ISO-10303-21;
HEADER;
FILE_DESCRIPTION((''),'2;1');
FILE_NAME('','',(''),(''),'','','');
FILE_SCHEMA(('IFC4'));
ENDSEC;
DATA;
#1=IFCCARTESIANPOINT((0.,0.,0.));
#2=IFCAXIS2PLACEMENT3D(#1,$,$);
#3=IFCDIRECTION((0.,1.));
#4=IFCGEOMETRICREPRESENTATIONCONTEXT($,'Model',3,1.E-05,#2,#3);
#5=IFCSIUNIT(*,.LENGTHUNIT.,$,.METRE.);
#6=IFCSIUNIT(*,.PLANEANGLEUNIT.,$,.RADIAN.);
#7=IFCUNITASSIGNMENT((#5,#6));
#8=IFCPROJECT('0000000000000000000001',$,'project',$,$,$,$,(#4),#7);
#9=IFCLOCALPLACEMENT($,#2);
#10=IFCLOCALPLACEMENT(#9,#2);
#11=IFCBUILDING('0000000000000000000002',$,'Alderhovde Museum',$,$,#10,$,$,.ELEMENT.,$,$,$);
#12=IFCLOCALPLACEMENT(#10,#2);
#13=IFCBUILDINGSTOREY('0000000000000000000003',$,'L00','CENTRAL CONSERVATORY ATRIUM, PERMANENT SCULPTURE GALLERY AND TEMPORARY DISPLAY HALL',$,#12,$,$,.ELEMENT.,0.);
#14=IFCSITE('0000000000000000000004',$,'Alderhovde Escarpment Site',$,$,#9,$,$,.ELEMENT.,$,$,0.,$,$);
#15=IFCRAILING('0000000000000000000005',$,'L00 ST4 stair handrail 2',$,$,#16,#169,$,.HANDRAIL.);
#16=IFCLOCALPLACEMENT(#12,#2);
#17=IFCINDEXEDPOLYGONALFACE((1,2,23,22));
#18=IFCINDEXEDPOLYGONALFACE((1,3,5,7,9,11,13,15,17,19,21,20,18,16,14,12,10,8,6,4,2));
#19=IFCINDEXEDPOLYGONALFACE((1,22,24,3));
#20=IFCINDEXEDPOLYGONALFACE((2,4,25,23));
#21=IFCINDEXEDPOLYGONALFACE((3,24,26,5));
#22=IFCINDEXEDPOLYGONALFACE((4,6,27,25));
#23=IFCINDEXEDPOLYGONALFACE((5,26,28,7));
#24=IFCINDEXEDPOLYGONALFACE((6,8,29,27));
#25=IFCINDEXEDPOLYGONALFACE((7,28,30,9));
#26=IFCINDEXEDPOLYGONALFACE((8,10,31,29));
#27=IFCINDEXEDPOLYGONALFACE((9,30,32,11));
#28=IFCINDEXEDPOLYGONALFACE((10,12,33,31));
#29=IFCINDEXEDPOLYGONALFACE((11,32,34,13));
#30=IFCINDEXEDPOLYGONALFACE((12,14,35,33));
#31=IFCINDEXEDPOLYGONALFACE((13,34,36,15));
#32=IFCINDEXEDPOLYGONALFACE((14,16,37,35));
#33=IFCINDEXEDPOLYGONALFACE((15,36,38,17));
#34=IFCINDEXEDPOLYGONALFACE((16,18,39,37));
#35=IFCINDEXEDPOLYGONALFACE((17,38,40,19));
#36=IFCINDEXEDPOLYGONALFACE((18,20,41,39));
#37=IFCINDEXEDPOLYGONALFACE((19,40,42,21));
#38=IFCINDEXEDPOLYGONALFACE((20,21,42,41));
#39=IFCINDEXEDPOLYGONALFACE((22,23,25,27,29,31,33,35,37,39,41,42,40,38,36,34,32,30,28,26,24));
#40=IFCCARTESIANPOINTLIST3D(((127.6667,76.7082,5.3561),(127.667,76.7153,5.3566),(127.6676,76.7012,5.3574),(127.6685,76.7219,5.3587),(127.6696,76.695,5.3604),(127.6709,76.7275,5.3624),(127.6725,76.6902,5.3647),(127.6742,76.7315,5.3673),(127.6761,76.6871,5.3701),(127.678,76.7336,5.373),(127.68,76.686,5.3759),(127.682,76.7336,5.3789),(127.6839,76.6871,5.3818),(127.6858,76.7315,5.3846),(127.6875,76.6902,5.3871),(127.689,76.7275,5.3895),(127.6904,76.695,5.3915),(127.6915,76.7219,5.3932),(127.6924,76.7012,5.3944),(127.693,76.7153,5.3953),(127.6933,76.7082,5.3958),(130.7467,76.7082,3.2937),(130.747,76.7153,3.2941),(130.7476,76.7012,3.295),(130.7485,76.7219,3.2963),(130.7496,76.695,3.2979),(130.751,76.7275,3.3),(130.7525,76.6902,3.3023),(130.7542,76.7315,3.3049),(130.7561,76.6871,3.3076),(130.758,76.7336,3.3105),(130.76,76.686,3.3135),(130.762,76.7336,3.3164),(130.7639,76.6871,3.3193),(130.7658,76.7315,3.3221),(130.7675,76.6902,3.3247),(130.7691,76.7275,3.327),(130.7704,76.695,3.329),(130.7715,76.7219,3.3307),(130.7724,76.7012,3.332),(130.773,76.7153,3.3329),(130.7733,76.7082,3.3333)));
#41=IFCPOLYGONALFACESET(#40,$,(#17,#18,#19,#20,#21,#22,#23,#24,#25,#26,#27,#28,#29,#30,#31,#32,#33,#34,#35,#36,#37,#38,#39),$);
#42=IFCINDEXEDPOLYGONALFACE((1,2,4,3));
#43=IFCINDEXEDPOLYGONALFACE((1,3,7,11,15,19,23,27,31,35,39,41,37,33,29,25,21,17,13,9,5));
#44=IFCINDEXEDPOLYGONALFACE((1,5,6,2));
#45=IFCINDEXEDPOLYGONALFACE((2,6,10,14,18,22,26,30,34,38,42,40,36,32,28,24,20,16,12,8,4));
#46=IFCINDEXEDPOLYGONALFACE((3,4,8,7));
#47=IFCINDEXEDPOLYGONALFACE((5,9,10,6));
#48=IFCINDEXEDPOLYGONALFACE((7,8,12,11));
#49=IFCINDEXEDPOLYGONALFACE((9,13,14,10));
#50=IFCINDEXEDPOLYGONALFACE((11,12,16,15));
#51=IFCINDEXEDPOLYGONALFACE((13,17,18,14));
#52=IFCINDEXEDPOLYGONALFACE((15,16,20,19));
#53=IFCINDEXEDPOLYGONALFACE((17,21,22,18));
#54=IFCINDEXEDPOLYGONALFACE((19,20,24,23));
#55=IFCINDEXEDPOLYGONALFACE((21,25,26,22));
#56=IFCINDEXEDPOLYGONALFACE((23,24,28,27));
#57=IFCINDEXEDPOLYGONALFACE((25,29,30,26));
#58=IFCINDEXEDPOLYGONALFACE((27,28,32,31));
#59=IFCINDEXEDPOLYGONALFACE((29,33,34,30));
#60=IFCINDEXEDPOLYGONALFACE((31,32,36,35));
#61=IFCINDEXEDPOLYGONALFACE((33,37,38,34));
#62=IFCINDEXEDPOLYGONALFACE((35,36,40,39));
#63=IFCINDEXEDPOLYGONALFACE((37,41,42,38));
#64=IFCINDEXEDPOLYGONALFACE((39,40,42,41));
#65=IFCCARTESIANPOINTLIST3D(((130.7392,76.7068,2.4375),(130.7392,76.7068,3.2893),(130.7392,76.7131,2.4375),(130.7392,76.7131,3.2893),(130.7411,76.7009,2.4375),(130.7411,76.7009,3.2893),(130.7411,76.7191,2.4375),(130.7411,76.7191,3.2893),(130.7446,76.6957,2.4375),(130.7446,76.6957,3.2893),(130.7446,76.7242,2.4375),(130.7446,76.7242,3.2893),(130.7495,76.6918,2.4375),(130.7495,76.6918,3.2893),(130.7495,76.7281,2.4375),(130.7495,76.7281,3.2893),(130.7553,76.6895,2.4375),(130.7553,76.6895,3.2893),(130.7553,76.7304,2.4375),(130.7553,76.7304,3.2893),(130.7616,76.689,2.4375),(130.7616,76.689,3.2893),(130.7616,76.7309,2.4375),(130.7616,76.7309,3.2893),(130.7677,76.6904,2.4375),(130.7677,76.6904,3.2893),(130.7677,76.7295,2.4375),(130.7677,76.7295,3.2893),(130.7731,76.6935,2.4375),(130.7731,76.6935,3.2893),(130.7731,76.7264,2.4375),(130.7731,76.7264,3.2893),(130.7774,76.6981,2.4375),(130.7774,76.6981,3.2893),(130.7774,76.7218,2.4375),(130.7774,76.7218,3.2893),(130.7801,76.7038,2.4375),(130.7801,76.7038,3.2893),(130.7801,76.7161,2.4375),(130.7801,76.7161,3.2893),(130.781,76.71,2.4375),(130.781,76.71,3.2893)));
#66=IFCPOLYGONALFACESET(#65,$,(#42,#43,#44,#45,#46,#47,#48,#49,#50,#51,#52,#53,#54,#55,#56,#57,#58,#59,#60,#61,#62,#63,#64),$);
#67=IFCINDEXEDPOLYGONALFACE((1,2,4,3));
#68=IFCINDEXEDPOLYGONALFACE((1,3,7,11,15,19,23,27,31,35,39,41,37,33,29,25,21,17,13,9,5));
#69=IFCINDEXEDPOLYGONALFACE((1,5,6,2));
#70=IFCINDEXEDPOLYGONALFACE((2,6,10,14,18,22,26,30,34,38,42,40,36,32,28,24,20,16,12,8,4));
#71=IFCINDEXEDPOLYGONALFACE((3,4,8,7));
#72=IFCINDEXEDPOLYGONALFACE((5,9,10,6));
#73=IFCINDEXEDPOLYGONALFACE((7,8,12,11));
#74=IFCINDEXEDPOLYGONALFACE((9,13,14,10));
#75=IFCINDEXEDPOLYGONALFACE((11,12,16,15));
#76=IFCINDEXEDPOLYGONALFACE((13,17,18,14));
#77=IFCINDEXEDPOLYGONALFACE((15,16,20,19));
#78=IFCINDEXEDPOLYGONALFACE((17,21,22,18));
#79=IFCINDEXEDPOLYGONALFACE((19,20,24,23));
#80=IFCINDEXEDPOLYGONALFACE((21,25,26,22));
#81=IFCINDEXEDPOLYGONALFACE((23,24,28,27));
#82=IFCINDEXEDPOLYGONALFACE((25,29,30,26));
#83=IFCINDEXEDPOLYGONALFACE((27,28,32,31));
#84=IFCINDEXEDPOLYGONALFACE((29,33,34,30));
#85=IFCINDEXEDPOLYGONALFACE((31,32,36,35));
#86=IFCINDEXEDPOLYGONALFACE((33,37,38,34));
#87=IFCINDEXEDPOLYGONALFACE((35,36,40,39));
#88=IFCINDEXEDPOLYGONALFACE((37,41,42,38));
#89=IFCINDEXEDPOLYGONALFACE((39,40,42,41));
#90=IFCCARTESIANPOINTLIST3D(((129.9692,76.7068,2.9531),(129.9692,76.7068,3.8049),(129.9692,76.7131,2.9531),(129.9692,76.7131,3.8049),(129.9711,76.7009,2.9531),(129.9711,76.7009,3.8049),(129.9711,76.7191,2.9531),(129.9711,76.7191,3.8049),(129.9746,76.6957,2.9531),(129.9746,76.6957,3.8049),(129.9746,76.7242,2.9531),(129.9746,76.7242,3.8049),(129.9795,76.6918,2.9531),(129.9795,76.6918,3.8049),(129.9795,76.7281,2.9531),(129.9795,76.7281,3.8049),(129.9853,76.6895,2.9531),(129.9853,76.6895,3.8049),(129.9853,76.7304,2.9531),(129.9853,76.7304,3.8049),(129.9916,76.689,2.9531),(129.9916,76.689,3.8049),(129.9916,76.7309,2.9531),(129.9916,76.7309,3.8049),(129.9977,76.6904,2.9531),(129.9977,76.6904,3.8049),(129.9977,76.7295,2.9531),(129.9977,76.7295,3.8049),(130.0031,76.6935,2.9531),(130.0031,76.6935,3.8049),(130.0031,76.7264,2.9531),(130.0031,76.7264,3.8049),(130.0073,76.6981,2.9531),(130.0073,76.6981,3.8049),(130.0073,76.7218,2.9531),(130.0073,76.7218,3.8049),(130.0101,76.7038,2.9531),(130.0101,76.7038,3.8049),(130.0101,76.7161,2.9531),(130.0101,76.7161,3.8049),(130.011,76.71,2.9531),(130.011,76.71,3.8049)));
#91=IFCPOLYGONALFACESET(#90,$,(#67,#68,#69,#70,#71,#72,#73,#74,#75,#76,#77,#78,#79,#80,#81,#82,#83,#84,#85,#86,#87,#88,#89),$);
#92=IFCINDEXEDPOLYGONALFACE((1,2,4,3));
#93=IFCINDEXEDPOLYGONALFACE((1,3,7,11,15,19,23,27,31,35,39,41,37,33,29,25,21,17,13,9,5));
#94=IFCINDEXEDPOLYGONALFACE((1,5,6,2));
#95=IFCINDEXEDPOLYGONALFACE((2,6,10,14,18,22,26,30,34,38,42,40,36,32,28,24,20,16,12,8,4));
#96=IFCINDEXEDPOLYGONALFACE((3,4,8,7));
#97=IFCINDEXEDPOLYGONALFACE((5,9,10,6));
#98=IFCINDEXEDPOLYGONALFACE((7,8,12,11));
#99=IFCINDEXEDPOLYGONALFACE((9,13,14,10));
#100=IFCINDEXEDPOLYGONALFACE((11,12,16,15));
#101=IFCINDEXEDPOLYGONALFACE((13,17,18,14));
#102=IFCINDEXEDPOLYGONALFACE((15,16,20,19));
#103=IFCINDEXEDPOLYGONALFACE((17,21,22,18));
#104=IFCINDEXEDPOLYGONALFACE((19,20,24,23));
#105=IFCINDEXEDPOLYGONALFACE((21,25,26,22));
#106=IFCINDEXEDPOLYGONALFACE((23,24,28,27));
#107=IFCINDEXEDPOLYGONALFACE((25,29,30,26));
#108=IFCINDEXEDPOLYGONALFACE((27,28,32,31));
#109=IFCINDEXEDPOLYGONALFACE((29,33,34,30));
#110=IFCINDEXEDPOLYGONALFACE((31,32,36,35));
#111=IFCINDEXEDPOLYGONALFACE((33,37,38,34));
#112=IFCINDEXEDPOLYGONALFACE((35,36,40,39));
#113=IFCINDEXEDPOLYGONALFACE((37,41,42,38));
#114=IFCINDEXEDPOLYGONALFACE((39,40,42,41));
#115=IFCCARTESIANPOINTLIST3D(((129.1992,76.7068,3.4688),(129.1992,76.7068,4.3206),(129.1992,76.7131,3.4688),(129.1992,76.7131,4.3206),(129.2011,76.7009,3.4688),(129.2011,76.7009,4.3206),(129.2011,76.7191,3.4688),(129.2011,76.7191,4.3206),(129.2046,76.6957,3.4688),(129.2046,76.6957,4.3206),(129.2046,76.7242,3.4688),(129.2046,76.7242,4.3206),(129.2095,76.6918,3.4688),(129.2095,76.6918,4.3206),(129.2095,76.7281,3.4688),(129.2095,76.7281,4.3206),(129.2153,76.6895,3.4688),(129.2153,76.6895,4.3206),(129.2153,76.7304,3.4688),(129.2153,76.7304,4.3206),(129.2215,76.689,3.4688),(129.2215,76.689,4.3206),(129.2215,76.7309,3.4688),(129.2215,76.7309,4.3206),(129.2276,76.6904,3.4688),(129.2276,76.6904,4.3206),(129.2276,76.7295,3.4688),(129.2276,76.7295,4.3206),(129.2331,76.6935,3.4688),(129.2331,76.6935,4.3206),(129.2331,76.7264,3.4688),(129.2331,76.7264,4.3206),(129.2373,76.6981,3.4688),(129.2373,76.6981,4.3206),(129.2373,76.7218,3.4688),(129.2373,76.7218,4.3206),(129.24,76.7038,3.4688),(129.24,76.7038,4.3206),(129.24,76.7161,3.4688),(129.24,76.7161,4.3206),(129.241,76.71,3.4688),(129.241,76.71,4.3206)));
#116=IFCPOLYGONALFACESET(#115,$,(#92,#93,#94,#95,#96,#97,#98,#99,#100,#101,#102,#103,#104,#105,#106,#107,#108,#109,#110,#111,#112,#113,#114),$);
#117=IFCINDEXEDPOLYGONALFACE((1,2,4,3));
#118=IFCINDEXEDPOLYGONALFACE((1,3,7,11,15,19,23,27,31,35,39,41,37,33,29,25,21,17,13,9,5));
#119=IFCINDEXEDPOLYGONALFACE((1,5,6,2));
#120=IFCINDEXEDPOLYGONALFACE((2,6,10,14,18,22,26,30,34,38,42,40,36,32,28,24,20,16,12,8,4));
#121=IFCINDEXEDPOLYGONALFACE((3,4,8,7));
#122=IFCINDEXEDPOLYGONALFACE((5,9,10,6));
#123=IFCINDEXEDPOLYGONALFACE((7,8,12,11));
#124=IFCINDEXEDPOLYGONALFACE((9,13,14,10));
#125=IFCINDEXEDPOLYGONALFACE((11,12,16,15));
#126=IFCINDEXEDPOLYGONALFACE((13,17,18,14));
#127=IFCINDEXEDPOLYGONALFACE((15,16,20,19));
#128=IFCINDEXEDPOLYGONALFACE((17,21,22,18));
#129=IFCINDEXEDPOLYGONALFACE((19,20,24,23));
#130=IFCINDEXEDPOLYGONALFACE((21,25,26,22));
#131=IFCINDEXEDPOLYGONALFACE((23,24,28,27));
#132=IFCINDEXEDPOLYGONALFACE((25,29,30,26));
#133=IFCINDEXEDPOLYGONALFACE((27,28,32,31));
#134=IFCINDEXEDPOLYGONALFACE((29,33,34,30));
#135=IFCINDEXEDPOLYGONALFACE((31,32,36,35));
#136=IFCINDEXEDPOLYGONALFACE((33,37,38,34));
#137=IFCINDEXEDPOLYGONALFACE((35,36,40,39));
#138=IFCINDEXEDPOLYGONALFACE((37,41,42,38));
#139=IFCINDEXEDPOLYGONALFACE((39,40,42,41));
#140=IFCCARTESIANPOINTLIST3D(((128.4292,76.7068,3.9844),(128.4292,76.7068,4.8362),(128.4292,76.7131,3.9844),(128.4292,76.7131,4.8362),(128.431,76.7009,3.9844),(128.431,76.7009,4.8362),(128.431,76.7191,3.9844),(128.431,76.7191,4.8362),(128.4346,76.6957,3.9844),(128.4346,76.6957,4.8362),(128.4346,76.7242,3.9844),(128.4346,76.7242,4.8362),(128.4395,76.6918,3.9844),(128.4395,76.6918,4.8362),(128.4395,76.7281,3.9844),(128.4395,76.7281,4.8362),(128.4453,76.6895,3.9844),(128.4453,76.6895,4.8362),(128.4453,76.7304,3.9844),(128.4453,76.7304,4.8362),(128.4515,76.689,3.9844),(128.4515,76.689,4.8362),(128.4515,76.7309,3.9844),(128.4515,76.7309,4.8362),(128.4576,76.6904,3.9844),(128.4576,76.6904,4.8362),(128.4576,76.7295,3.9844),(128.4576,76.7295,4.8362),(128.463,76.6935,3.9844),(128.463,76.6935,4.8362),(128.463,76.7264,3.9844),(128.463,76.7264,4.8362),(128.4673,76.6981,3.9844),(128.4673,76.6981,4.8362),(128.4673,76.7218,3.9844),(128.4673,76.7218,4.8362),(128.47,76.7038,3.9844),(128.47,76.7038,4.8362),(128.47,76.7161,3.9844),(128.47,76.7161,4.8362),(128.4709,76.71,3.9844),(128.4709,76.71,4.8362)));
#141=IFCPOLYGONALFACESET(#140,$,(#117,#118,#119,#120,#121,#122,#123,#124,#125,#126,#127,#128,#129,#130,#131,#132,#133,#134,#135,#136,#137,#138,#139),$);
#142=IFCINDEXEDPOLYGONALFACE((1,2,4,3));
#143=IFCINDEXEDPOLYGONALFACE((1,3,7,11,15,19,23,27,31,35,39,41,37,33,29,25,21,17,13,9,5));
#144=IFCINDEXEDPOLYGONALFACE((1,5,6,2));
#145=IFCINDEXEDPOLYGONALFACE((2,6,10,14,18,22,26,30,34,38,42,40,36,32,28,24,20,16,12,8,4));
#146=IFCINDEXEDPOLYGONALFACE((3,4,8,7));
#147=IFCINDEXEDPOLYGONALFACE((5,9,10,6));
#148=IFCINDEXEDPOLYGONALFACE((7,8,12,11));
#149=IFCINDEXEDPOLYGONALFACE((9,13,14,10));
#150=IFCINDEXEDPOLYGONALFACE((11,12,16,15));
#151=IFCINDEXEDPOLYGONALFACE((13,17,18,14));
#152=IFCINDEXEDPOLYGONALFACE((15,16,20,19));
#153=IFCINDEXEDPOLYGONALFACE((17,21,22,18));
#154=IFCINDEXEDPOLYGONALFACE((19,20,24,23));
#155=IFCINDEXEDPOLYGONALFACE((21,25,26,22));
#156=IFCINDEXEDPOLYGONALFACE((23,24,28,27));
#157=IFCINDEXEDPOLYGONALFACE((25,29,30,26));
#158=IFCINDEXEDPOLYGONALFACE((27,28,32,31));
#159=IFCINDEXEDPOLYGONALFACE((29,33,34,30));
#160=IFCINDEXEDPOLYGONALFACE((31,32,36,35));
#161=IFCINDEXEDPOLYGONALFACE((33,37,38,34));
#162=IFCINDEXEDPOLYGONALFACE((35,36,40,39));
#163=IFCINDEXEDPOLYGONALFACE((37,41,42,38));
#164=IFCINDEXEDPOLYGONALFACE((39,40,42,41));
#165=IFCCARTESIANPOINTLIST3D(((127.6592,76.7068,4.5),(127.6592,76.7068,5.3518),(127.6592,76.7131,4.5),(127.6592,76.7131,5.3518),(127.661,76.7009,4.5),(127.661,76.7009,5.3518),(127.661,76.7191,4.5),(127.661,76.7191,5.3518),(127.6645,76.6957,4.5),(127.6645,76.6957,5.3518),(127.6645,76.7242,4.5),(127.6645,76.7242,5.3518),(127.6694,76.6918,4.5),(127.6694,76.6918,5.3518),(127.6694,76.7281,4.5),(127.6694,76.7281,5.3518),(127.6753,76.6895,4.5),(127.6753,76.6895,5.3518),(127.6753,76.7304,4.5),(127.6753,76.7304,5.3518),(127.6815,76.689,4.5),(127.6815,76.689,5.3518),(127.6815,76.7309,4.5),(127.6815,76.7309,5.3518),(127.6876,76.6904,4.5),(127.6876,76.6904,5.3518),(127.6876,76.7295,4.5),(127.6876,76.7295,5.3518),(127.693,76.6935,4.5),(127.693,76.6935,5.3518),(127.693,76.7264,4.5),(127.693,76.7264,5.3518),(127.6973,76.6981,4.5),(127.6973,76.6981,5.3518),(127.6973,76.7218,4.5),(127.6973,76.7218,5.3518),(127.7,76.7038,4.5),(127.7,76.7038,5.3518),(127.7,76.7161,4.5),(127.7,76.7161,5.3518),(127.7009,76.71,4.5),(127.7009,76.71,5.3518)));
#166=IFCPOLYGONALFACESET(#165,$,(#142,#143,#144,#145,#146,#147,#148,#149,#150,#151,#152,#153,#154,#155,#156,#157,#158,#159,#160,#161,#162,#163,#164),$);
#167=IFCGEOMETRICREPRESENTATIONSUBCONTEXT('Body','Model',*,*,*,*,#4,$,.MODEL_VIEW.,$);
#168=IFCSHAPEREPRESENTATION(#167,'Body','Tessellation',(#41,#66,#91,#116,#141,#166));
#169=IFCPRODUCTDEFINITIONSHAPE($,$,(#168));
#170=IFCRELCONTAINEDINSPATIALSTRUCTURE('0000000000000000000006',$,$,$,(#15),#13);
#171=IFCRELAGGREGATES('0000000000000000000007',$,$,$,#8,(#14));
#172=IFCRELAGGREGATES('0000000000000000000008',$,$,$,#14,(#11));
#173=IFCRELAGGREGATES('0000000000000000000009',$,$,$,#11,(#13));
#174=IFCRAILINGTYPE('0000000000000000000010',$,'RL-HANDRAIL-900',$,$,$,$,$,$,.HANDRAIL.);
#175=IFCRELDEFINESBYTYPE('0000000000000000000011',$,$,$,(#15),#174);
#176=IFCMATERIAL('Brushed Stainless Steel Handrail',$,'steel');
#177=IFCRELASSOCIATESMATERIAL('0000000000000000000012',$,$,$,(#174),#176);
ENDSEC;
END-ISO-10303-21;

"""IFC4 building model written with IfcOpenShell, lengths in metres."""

from ifc_helpers import new_model, si_unit, direction, frame, origin, origin_2d, place, context, subcontext, project, spatial, circle, extrude, material, type_object, element, save


model = new_model("IFC4")

# Units and contexts
model_context = context("Model", 3, precision=1e-05, world=origin(), true_north=direction((0.0, 1.0)))
body_context = subcontext(model_context, "Body", "Model", "MODEL_VIEW")
ifc_project = project(units=[si_unit("LENGTHUNIT", "METRE"), si_unit("PLANEANGLEUNIT", "RADIAN")], contexts=[model_context])

# Site, building, storey
site_placement = place(None, origin())
site = spatial("IfcSite", under=ifc_project, at=site_placement, Name="Alderhovde Escarpment Site", CompositionType="ELEMENT", RefElevation=0.0)
building_placement = place(site_placement, origin())
building = spatial("IfcBuilding", under=site, at=building_placement, Name="Alderhovde Museum", CompositionType="ELEMENT")
storey_placement = place(building_placement, origin())
storey = spatial("IfcBuildingStorey", under=building, at=storey_placement, Name="L00", Description="CENTRAL CONSERVATORY ATRIUM, PERMANENT SCULPTURE GALLERY AND TEMPORARY DISPLAY HALL", CompositionType="ELEMENT", Elevation=0.0)

# Railing
ifc_material_1 = material(Name="Brushed Stainless Steel Handrail", Category="steel")
railing_type_1 = type_object("IfcRailingType", Name="RL-HANDRAIL-900", PredefinedType="HANDRAIL", material=ifc_material_1)
railing_1_placement = place(storey_placement, frame((130.76, 76.71, 2.4375)))
element("IfcRailing", 1, at=railing_1_placement, inside=storey, type_object=railing_type_1, Name="L00 ST4 stair handrail 2", PredefinedType="HANDRAIL", context=body_context, shape_type="SweptSolid", body=[
    extrude(circle(Radius=0.0239, at=origin_2d()), frame((0.0, 0.0, 0.876), z_axis=(-0.830914, 0.0, 0.556401), x_axis=(0.0, -1.0, 0.0)), (0.0, 0.0, 1.0), 3.7068),
    extrude(circle(Radius=0.021, at=origin_2d()), origin(), (0.0, 0.0, 1.0), 0.8518),
    extrude(circle(Radius=0.021, at=origin_2d()), frame((-0.77, 0.0, 0.5156)), (0.0, 0.0, 1.0), 0.8518),
    extrude(circle(Radius=0.021, at=origin_2d()), frame((-1.54, 0.0, 1.0312)), (0.0, 0.0, 1.0), 0.8518),
    extrude(circle(Radius=0.021, at=origin_2d()), frame((-2.3101, 0.0, 1.5469)), (0.0, 0.0, 1.0), 0.8518),
    extrude(circle(Radius=0.021, at=origin_2d()), frame((-3.0801, 0.0, 2.0625)), (0.0, 0.0, 1.0), 0.8518),
])

save(model, "model.ifc")
